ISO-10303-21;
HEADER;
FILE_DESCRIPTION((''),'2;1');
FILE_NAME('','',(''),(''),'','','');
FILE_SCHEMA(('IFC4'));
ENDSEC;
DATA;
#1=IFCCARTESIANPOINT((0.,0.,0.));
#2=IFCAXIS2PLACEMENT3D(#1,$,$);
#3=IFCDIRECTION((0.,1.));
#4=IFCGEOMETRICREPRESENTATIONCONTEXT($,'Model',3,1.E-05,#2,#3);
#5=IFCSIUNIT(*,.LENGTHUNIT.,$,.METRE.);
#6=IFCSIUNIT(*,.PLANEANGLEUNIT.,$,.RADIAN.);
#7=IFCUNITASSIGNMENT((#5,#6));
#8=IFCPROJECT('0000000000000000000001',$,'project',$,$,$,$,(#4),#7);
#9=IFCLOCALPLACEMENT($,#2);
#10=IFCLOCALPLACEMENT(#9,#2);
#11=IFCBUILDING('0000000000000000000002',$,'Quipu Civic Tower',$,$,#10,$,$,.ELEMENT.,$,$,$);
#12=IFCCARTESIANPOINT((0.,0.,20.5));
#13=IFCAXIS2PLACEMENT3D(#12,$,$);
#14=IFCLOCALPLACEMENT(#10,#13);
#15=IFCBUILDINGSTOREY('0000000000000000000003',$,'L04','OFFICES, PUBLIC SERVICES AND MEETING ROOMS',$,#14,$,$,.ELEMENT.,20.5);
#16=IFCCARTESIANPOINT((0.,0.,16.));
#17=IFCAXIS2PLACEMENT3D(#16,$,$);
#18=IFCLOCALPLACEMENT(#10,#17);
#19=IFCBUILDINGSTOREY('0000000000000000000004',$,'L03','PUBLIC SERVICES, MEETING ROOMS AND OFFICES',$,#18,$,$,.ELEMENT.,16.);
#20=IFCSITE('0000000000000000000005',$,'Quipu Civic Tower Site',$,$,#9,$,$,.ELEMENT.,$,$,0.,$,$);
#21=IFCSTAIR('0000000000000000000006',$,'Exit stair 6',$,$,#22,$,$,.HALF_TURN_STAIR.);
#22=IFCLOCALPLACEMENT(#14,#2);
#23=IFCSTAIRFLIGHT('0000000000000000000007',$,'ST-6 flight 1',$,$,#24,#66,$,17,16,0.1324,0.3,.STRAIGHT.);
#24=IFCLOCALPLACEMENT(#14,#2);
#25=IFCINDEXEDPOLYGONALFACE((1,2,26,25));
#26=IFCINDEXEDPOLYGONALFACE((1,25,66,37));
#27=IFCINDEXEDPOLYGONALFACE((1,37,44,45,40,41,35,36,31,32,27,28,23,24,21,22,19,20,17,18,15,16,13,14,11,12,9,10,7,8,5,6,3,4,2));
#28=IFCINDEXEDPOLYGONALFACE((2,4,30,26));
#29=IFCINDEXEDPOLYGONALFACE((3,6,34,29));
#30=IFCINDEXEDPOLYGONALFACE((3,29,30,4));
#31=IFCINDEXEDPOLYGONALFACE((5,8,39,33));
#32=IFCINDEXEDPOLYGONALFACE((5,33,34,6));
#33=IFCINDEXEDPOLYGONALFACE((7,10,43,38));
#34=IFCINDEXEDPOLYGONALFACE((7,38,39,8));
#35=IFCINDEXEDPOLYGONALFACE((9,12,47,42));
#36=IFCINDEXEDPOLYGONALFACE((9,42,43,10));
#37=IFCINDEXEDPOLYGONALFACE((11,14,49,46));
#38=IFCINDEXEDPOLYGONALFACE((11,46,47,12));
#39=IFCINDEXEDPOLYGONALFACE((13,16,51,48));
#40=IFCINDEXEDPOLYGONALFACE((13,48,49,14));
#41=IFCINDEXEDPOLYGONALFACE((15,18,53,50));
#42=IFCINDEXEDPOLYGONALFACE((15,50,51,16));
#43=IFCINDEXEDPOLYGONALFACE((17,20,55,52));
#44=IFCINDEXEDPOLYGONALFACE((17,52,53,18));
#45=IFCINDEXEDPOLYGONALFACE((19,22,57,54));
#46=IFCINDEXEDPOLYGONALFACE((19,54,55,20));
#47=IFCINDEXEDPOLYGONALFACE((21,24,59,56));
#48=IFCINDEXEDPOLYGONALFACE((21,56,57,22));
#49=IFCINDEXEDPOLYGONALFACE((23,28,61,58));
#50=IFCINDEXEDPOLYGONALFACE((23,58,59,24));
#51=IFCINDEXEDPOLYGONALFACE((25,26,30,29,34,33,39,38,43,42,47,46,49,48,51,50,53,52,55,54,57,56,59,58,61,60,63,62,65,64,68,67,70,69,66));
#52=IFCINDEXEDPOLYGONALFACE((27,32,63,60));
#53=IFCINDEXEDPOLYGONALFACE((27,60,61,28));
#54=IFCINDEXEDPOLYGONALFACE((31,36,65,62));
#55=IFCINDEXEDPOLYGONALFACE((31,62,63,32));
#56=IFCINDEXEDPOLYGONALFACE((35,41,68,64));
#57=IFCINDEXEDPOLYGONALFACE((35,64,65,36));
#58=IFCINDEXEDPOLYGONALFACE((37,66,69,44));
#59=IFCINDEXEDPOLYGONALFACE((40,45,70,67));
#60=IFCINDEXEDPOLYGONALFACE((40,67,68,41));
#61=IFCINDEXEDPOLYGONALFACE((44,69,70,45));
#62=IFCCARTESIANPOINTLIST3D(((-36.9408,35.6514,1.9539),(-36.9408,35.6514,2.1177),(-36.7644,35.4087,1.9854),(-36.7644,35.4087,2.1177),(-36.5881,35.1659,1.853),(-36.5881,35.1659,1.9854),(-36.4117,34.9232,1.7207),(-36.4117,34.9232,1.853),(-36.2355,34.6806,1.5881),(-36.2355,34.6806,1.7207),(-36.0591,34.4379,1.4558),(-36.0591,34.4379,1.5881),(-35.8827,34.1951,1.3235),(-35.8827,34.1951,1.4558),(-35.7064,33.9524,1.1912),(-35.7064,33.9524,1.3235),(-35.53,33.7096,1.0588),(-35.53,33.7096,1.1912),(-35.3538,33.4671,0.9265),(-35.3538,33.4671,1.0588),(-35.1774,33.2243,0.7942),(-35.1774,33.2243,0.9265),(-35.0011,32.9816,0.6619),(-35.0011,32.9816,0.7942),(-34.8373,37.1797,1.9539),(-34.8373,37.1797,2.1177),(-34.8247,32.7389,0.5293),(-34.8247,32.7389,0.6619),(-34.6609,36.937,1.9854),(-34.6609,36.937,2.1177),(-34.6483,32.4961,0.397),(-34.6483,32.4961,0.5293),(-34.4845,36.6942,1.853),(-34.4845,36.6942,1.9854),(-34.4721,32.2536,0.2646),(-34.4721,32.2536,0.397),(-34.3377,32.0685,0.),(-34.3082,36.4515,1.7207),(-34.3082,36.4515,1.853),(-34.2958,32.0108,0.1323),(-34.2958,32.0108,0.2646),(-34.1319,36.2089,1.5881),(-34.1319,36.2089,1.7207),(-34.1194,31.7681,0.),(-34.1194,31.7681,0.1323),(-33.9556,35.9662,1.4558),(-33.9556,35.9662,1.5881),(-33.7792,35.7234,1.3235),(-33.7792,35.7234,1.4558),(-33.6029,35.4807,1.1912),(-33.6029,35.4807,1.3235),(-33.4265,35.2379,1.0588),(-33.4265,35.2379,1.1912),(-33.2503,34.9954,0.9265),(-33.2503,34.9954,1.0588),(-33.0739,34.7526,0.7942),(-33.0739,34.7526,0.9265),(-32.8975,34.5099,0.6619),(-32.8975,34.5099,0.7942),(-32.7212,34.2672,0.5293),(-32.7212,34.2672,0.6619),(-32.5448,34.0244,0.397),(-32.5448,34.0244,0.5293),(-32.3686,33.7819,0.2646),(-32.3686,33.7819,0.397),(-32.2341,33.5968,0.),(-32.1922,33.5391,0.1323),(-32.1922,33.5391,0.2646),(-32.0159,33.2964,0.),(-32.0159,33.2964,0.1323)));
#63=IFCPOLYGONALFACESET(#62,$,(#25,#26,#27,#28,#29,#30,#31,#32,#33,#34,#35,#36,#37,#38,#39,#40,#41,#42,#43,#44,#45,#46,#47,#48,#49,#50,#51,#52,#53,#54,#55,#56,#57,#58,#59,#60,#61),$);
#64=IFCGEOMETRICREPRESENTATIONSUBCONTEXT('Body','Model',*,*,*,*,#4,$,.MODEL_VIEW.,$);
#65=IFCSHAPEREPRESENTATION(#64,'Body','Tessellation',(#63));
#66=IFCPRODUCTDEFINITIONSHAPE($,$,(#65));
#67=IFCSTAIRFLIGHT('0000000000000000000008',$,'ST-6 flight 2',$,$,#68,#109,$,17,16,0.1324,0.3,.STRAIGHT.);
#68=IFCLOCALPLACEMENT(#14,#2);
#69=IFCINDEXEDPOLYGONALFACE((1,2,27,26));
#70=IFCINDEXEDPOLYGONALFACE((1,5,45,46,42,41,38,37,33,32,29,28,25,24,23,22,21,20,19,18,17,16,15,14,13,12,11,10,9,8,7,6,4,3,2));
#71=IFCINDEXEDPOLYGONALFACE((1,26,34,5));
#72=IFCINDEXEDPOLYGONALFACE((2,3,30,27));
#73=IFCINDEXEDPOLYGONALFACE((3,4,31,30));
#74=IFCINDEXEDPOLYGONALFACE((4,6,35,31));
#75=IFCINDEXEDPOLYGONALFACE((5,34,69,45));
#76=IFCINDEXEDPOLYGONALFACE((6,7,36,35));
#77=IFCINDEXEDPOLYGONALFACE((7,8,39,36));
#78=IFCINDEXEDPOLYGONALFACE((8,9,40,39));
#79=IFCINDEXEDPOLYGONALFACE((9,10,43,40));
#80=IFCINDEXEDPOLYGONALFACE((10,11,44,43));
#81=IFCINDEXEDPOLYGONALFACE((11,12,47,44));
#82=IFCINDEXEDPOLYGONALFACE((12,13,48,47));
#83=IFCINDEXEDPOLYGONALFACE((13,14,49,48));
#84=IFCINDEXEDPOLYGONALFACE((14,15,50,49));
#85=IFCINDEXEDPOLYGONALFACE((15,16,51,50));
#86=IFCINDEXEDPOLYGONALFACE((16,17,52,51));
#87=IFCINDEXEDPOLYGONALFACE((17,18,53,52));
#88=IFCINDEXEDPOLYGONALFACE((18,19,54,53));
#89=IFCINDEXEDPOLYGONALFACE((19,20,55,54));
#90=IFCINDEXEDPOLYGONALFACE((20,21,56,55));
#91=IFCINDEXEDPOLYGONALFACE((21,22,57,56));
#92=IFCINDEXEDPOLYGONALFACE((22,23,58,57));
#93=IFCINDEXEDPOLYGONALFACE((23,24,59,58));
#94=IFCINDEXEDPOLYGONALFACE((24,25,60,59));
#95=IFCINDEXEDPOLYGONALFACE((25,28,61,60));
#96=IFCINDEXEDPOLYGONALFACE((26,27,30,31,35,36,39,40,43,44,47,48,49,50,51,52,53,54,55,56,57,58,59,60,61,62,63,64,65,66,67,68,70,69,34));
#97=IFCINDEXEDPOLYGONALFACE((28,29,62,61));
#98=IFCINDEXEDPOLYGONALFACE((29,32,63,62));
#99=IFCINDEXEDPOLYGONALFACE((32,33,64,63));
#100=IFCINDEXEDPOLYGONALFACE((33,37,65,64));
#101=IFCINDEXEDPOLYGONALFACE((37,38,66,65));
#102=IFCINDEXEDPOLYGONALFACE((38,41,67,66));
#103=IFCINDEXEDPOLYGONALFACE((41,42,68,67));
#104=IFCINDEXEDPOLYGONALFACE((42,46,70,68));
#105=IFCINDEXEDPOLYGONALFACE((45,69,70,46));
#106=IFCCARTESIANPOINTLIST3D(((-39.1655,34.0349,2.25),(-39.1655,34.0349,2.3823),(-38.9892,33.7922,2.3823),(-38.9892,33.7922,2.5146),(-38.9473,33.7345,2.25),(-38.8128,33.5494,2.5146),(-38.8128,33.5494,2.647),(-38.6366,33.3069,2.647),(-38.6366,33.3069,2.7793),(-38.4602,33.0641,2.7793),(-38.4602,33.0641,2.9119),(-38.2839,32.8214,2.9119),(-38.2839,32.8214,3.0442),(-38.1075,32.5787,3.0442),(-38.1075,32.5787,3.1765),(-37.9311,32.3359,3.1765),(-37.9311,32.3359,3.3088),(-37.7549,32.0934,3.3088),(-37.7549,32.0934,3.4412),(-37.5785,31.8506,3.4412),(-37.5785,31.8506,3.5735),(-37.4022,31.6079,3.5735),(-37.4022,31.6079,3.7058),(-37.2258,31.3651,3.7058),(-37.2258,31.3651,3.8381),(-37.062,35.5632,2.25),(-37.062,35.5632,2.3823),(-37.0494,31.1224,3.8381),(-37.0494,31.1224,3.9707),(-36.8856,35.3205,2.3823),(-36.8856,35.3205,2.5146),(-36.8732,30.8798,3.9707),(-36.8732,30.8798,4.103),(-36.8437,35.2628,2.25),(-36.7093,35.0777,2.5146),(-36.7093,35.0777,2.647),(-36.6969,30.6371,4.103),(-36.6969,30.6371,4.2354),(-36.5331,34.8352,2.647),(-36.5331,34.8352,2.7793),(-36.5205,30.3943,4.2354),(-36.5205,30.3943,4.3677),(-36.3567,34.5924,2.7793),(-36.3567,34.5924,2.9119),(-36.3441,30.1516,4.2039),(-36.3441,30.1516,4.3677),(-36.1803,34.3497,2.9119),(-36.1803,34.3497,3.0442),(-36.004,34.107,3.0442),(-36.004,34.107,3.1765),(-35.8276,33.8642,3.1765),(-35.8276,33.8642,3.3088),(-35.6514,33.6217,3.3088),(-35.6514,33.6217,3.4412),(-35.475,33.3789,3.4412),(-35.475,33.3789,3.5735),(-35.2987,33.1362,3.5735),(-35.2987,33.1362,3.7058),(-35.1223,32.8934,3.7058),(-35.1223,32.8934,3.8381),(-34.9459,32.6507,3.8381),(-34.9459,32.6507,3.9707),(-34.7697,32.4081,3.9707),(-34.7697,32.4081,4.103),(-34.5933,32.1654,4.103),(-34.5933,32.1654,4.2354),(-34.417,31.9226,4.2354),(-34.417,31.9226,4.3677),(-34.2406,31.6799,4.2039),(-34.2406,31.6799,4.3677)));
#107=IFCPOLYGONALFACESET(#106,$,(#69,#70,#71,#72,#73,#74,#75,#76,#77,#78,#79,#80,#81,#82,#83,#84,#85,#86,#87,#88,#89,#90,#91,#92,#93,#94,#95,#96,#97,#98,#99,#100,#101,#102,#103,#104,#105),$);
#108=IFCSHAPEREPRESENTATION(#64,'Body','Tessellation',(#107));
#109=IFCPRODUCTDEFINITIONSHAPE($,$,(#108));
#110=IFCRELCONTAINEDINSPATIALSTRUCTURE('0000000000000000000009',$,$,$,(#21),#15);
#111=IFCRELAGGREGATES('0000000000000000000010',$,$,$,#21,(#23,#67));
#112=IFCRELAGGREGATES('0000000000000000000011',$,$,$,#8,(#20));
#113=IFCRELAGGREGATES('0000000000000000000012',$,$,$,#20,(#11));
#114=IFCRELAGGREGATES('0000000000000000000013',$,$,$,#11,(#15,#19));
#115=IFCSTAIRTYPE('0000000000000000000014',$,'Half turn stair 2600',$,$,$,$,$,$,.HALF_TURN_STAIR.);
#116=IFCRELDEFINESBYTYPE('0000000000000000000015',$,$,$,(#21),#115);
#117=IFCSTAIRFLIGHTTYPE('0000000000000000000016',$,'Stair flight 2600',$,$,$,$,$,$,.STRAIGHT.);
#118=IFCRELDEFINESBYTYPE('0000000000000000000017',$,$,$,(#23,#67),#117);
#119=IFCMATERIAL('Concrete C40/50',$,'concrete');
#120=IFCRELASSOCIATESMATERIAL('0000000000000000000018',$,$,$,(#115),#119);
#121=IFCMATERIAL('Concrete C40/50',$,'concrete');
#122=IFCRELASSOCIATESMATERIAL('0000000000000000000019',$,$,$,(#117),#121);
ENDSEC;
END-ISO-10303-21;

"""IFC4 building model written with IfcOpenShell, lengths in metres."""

from ifc_helpers import new_model, si_unit, direction, frame, origin, place, context, subcontext, project, spatial, polyline, outline, extrude, material, type_object, element, aggregate, save


model = new_model("IFC4")

# Units and contexts
model_context = context("Model", 3, precision=1e-05, world=origin(), true_north=direction((0.0, 1.0)))
body_context = subcontext(model_context, "Body", "Model", "MODEL_VIEW")
ifc_project = project(units=[si_unit("LENGTHUNIT", "METRE"), si_unit("PLANEANGLEUNIT", "RADIAN")], contexts=[model_context])

# Site, building, storey
site_placement = place(None, origin())
site = spatial("IfcSite", under=ifc_project, at=site_placement, Name="Quipu Civic Tower Site", CompositionType="ELEMENT", RefElevation=0.0)
building_placement = place(site_placement, origin())
building = spatial("IfcBuilding", under=site, at=building_placement, Name="Quipu Civic Tower", CompositionType="ELEMENT")
storey_1_placement = place(building_placement, frame((0.0, 0.0, 20.5)))
storey_1 = spatial("IfcBuildingStorey", under=building, at=storey_1_placement, Name="L04", Description="OFFICES, PUBLIC SERVICES AND MEETING ROOMS", CompositionType="ELEMENT", Elevation=20.5)

# Shared definitions
storey_2_placement = place(building_placement, frame((0.0, 0.0, 16.0)))
storey_2 = spatial("IfcBuildingStorey", under=building, at=storey_2_placement, Name="L03", Description="PUBLIC SERVICES, MEETING ROOMS AND OFFICES", CompositionType="ELEMENT", Elevation=16.0)

# Stair, stair flights
ifc_material_1 = material(Name="Concrete C40/50", Category="concrete")
stair_type = type_object("IfcStairType", Name="Half turn stair 2600", PredefinedType="HALF_TURN_STAIR", material=ifc_material_1)
stair_placement = place(storey_1_placement, origin())
stair = element("IfcStair", 1, at=stair_placement, inside=storey_1, type_object=stair_type, Name="Exit stair 6", PredefinedType="HALF_TURN_STAIR")
ifc_material_2 = material(Name="Concrete C40/50", Category="concrete")
stair_flight_type = type_object("IfcStairFlightType", Name="Stair flight 2600", PredefinedType="STRAIGHT", material=ifc_material_2)
stair_flight_1_placement = place(storey_1_placement, frame((-33.0676, 32.5322, 0.0), z_axis=(0.0, 0.0, 1.0), x_axis=(-0.587785, 0.809017, 0.0)))
stair_flight_1 = element("IfcStairFlight", 2, at=stair_flight_1_placement, type_object=stair_flight_type, Name="ST-6 flight 1", NumberOfRisers=17, NumberOfTreads=16, PredefinedType="STRAIGHT", RiserHeight=0.1324, TreadLength=0.3, context=body_context, shape_type="SweptSolid", body=[
    extrude(outline(polyline([(0.0, 0.0), (0.0, 0.1323), (0.3, 0.1323), (0.3, 0.2646), (0.6001, 0.2646), (0.6001, 0.397), (0.8999, 0.397), (0.8999, 0.5293), (1.2, 0.5293), (1.2, 0.6619), (1.5, 0.6619), (1.5, 0.7942), (1.8, 0.7942), (1.8, 0.9265), (2.1001, 0.9265), (2.1001, 1.0588), (2.3999, 1.0588), (2.3999, 1.1912), (2.7, 1.1912), (2.7, 1.3235), (3.0, 1.3235), (3.0, 1.4558), (3.3, 1.4558), (3.3, 1.5881), (3.6001, 1.5881), (3.6001, 1.7207), (3.8999, 1.7207), (3.8999, 1.853), (4.2, 1.853), (4.2, 1.9854), (4.5, 1.9854), (4.5, 2.1177), (4.8, 2.1177), (4.8, 2.25), (4.8, 1.9539), (0.3713, 0.0), (0.0, 0.0)])), frame((0.0, 1.3, 0.0), z_axis=(0.0, -1.0, 0.0), x_axis=(1.0, 0.0, 0.0)), (0.0, 0.0, 1.0), 2.6001),
])
stair_flight_2_placement = place(storey_1_placement, frame((-38.1138, 34.7991, 2.25), z_axis=(0.0, 0.0, 1.0), x_axis=(0.587785, -0.809017, 0.0)))
stair_flight_2 = element("IfcStairFlight", 3, at=stair_flight_2_placement, type_object=stair_flight_type, Name="ST-6 flight 2", NumberOfRisers=17, NumberOfTreads=16, PredefinedType="STRAIGHT", RiserHeight=0.1324, TreadLength=0.3, context=body_context, shape_type="SweptSolid", body=[
    extrude(outline(polyline([(0.0, 0.0), (0.0, 0.1323), (0.3, 0.1323), (0.3, 0.2646), (0.6001, 0.2646), (0.6001, 0.397), (0.8999, 0.397), (0.8999, 0.5293), (1.2, 0.5293), (1.2, 0.6619), (1.5, 0.6619), (1.5, 0.7942), (1.8, 0.7942), (1.8, 0.9265), (2.1001, 0.9265), (2.1001, 1.0588), (2.3999, 1.0588), (2.3999, 1.1912), (2.7, 1.1912), (2.7, 1.3235), (3.0, 1.3235), (3.0, 1.4558), (3.3, 1.4558), (3.3, 1.5881), (3.6001, 1.5881), (3.6001, 1.7207), (3.8999, 1.7207), (3.8999, 1.853), (4.2, 1.853), (4.2, 1.9854), (4.5, 1.9854), (4.5, 2.1177), (4.8, 2.1177), (4.8, 2.25), (4.8, 1.9539), (0.3713, 0.0), (0.0, 0.0)])), frame((0.0, 1.3, 0.0), z_axis=(0.0, -1.0, 0.0), x_axis=(1.0, 0.0, 0.0)), (0.0, 0.0, 1.0), 2.6001),
])
aggregate(stair, [stair_flight_1, stair_flight_2])

save(model, "model.ifc")
